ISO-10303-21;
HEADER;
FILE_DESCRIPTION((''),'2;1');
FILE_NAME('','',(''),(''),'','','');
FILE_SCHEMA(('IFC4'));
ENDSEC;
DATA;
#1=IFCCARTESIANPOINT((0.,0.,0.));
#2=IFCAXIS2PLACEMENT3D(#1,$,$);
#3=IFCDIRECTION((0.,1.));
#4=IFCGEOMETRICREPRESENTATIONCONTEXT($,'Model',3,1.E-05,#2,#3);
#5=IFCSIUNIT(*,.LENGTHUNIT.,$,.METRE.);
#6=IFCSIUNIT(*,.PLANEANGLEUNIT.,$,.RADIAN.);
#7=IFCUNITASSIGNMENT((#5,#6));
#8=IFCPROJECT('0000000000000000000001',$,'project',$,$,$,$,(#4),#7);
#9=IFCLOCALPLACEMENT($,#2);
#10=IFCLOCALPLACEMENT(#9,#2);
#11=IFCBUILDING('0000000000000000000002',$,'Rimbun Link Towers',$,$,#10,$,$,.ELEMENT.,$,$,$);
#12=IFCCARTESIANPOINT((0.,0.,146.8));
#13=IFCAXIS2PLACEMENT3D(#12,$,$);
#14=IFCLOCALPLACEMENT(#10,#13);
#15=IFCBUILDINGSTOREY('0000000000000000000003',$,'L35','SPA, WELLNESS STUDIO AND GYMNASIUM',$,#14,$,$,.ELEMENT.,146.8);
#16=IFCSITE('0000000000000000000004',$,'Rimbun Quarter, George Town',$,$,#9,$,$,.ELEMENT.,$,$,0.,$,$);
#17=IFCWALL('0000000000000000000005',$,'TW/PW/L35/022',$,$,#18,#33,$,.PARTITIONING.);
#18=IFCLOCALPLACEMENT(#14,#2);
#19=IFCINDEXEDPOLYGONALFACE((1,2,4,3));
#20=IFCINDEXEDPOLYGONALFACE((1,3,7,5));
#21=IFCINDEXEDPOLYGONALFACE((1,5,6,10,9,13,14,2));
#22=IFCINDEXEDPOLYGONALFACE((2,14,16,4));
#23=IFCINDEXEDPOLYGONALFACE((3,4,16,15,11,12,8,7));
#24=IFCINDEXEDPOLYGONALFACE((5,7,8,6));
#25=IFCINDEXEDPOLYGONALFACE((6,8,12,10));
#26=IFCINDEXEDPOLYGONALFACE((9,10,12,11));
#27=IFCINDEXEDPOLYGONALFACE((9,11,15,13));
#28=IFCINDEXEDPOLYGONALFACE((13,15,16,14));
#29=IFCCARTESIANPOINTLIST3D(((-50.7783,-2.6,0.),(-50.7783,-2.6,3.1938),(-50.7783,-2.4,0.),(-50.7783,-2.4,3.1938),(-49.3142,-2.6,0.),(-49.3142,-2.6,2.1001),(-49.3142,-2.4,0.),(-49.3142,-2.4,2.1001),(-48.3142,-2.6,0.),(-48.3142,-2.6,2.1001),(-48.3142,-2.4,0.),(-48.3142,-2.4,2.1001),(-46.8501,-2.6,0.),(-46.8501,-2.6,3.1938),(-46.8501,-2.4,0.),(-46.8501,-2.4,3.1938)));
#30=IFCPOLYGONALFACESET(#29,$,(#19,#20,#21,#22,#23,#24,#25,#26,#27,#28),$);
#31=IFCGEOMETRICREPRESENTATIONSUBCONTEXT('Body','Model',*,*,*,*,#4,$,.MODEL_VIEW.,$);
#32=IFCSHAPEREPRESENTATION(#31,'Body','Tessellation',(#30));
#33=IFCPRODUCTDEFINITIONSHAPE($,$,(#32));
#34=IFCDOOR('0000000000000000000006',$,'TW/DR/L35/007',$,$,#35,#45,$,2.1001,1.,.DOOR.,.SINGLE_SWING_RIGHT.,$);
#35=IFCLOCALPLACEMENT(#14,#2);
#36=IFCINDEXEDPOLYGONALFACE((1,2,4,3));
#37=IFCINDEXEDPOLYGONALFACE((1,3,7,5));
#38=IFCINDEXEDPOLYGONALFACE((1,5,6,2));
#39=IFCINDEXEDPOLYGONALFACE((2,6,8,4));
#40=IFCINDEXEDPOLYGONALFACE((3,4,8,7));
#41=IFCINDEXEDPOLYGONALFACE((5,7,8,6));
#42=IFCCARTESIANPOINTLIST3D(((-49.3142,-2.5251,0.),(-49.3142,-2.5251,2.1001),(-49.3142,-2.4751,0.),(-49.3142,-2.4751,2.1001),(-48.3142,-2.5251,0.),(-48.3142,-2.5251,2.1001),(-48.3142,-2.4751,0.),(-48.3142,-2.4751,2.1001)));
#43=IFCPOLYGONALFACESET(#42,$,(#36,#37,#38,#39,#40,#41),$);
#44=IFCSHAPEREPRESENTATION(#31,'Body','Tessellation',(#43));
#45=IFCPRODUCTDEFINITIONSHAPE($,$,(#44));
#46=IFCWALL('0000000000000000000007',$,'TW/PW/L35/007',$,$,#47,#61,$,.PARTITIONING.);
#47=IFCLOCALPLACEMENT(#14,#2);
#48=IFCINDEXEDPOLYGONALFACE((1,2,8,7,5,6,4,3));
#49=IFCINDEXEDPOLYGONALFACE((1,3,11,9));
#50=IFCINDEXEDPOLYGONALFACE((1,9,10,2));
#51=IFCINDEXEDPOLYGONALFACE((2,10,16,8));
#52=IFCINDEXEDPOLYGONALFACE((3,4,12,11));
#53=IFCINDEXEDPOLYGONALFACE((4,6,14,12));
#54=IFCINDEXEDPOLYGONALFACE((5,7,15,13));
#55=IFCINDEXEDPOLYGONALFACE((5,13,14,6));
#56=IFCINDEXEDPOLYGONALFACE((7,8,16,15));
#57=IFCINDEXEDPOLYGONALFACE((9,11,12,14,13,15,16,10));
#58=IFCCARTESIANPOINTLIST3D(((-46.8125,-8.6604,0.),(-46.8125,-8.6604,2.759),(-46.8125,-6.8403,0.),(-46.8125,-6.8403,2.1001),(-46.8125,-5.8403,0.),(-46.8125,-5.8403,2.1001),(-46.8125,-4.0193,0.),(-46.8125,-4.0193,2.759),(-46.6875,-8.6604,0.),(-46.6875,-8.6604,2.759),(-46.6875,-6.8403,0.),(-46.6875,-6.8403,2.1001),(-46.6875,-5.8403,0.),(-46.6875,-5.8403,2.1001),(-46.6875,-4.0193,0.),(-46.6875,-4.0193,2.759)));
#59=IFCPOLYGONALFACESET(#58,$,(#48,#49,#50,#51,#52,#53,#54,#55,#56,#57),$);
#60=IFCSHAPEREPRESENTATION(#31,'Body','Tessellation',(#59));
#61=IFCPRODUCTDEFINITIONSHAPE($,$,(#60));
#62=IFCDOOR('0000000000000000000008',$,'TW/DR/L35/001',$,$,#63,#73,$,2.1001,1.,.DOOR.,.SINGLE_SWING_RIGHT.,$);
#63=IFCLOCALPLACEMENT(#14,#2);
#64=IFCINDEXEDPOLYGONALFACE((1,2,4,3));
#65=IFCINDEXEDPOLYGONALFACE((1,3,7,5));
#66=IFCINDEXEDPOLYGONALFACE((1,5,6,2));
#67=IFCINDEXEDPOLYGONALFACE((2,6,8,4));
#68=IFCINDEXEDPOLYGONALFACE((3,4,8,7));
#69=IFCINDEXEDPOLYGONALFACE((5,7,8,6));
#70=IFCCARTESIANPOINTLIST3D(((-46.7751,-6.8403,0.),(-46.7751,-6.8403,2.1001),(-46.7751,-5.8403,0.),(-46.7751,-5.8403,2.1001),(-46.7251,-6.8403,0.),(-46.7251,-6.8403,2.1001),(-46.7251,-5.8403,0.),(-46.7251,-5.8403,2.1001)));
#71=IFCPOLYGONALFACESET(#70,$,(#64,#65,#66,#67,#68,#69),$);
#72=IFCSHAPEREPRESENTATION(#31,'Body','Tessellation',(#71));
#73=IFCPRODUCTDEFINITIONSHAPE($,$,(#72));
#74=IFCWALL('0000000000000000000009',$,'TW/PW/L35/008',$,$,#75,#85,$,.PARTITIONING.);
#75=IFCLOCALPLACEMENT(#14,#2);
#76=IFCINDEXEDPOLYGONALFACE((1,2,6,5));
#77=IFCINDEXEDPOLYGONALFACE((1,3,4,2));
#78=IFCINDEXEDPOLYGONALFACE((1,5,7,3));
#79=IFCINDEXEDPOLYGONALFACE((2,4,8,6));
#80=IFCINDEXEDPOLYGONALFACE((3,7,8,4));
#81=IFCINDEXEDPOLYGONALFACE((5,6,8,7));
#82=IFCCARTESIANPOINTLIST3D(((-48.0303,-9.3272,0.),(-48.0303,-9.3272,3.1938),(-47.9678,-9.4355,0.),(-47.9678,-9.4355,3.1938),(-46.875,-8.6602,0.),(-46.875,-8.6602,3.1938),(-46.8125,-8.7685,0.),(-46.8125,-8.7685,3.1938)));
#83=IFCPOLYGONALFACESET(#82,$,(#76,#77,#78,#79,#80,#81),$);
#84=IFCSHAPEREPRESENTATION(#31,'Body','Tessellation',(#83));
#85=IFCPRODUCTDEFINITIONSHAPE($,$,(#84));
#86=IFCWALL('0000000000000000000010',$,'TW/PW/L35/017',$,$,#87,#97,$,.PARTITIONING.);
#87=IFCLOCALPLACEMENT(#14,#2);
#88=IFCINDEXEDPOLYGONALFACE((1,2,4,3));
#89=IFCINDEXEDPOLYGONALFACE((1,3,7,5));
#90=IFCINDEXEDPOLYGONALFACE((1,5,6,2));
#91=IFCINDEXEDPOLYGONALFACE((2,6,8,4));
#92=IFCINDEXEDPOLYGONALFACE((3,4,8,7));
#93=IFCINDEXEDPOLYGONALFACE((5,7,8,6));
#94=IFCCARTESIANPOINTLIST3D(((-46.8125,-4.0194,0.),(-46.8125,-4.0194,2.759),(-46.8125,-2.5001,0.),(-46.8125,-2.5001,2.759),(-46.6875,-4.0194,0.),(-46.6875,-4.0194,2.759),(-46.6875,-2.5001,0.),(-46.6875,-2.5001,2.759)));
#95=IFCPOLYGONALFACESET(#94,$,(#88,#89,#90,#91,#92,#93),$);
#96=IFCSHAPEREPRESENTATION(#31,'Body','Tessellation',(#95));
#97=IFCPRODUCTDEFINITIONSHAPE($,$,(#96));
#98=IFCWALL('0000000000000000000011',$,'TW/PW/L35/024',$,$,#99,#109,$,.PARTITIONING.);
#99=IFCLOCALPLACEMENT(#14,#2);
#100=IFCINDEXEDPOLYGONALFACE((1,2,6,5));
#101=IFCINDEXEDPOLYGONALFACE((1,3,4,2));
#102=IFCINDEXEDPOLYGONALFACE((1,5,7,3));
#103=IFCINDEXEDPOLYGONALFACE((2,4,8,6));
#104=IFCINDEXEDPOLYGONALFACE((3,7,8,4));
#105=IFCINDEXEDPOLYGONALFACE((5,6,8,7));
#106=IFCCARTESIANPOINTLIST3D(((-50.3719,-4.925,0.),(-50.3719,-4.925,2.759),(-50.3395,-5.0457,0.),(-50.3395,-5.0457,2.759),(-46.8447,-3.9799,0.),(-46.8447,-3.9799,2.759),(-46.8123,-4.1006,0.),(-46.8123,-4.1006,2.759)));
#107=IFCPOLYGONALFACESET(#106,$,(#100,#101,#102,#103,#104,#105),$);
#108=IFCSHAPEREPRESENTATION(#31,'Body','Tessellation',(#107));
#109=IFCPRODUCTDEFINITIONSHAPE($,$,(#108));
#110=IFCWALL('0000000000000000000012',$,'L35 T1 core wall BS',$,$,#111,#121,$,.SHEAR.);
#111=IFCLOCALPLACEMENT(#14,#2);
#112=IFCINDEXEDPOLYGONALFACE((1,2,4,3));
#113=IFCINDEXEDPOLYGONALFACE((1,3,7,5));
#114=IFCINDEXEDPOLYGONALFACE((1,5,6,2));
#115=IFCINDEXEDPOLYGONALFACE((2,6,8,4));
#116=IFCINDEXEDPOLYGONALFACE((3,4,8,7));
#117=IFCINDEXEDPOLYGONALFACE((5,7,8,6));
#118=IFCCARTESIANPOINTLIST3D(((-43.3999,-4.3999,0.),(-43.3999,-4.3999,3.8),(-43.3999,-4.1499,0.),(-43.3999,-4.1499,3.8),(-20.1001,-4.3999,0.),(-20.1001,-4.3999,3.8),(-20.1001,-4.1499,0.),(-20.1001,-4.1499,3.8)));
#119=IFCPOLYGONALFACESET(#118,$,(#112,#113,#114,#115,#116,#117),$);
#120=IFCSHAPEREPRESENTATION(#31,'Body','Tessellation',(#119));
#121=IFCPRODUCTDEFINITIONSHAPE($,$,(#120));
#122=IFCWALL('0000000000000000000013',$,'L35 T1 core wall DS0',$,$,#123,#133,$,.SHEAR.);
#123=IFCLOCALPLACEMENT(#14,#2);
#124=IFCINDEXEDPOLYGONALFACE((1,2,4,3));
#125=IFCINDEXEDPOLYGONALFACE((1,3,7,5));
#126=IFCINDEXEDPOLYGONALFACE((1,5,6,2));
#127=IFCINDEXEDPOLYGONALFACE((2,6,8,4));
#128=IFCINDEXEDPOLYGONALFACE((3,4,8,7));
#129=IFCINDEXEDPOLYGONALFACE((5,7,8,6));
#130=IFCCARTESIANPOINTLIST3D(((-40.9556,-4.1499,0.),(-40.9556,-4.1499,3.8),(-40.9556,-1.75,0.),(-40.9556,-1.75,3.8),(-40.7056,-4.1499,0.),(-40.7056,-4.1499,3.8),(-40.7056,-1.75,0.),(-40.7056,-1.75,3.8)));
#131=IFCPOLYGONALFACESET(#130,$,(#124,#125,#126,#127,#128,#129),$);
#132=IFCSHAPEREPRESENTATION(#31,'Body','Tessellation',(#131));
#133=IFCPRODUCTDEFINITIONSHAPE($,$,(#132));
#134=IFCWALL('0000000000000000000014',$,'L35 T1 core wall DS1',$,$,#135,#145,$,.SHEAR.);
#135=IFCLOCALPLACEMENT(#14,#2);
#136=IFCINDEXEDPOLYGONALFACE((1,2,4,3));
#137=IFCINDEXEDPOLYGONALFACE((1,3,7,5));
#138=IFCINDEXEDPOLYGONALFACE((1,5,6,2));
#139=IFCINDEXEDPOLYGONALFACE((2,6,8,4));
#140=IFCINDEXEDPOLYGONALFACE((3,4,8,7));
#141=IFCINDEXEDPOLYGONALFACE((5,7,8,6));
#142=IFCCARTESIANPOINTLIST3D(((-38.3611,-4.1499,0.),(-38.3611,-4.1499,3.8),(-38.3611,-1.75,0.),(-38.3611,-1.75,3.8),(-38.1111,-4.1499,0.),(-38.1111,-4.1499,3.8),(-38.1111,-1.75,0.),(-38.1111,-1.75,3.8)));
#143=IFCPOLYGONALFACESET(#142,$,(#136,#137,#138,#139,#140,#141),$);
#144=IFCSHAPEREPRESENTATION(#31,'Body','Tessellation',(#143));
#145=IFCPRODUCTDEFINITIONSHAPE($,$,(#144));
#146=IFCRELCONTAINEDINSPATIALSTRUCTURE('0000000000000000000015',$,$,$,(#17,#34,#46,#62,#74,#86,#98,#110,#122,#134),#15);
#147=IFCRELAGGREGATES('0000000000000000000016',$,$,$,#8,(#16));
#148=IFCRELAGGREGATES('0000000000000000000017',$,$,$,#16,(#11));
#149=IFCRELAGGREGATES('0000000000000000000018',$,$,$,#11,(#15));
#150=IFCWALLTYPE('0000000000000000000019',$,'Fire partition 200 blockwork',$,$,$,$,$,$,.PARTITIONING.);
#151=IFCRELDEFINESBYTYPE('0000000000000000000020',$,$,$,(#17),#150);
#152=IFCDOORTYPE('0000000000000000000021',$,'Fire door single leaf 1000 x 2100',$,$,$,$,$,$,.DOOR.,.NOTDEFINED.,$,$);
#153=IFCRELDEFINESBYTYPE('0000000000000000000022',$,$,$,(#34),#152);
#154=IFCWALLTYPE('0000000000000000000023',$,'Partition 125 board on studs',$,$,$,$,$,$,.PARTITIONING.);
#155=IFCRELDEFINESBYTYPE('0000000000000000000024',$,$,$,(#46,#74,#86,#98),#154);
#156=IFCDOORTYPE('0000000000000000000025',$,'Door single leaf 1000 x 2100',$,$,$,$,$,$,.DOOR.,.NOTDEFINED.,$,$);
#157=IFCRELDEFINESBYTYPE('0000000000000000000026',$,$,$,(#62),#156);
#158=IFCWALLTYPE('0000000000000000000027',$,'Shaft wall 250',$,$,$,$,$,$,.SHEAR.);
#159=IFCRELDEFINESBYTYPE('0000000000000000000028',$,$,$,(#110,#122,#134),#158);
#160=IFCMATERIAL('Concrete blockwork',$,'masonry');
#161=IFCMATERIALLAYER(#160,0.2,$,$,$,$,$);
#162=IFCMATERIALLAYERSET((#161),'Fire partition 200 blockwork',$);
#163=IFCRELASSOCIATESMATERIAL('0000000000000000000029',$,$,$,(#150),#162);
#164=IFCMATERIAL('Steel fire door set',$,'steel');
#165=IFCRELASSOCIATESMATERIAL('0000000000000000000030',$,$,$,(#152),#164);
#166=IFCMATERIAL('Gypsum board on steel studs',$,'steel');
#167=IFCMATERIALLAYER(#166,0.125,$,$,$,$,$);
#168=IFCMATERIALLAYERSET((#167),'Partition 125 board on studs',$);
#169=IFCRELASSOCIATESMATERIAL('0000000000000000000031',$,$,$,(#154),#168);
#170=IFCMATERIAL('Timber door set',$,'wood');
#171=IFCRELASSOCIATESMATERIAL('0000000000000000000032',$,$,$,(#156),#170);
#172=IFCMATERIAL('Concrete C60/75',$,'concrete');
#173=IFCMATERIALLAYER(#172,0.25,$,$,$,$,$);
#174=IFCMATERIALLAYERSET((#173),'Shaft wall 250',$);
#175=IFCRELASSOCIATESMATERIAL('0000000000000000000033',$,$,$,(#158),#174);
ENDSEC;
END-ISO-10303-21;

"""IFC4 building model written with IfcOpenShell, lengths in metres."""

from ifc_helpers import new_model, si_unit, direction, frame, frame_2d, origin, place, context, subcontext, project, spatial, rectangle, extrude, material, layer, layer_set, type_object, element, fill, save


model = new_model("IFC4")

# Units and contexts
model_context = context("Model", 3, precision=1e-05, world=origin(), true_north=direction((0.0, 1.0)))
body_context = subcontext(model_context, "Body", "Model", "MODEL_VIEW")
ifc_project = project(units=[si_unit("LENGTHUNIT", "METRE"), si_unit("PLANEANGLEUNIT", "RADIAN")], contexts=[model_context])

# Site, building, storey
site_placement = place(None, origin())
site = spatial("IfcSite", under=ifc_project, at=site_placement, Name="Rimbun Quarter, George Town", CompositionType="ELEMENT", RefElevation=0.0)
building_placement = place(site_placement, origin())
building = spatial("IfcBuilding", under=site, at=building_placement, Name="Rimbun Link Towers", CompositionType="ELEMENT")
storey_placement = place(building_placement, frame((0.0, 0.0, 146.8)))
storey = spatial("IfcBuildingStorey", under=building, at=storey_placement, Name="L35", Description="SPA, WELLNESS STUDIO AND GYMNASIUM", CompositionType="ELEMENT", Elevation=146.8)

# Walls, openings, doors
ifc_material_1 = material(Name="Concrete blockwork", Category="masonry")
ifc_layer_1 = layer(ifc_material_1, 0.2)
ifc_layer_set_1 = layer_set([ifc_layer_1], Name="Fire partition 200 blockwork")
wall_type_1 = type_object("IfcWallType", Name="Fire partition 200 blockwork", PredefinedType="PARTITIONING", material=ifc_layer_set_1)
wall_1_placement = place(storey_placement, frame((-50.7783, -2.5, 0.0), z_axis=(0.0, 0.0, 1.0), x_axis=(1.0, 0.0, 0.0)))
wall_1 = element("IfcWall", 1, at=wall_1_placement, inside=storey, type_object=wall_type_1, Name="TW/PW/L35/022", PredefinedType="PARTITIONING", context=body_context, shape_type="SweptSolid", body=[
    extrude(rectangle(XDim=3.9282, YDim=0.2, at=frame_2d((1.9641, 0.0))), origin(), (0.0, 0.0, 1.0), 3.1938),
])
opening_1_placement = place(wall_1_placement, frame((1.4641, 0.0, 0.0)))
opening_1 = element("IfcOpeningElement", 2, at=opening_1_placement, cuts=wall_1, PredefinedType="OPENING", context=body_context, shape_type="SweptSolid", body=[
    extrude(rectangle(XDim=1.0, YDim=2.1001, at=frame_2d((0.5, 1.05))), frame((0.0, 0.1099, 0.0), z_axis=(0.0, -1.0, 0.0), x_axis=(1.0, 0.0, 0.0)), (0.0, 0.0, 1.0), 0.22),
])
ifc_material_2 = material(Name="Steel fire door set", Category="steel")
door_type_1 = type_object("IfcDoorType", Name="Fire door single leaf 1000 x 2100", OperationType="NOTDEFINED", PredefinedType="DOOR", material=ifc_material_2)
door_1_placement = place(opening_1_placement, origin())
door_1 = element("IfcDoor", 3, at=door_1_placement, inside=storey, type_object=door_type_1, Name="TW/DR/L35/007", OperationType="SINGLE_SWING_RIGHT", OverallHeight=2.1001, OverallWidth=1.0, PredefinedType="DOOR", context=body_context, shape_type="SweptSolid", body=[
    extrude(rectangle(XDim=1.0, YDim=2.1001, at=frame_2d((0.5, 1.05))), frame((0.0, 0.0249, 0.0), z_axis=(0.0, -1.0, 0.0), x_axis=(1.0, 0.0, 0.0)), (0.0, 0.0, 1.0), 0.05),
])
fill(opening_1, door_1)
ifc_material_3 = material(Name="Gypsum board on steel studs", Category="steel")
ifc_layer_2 = layer(ifc_material_3, 0.125)
ifc_layer_set_2 = layer_set([ifc_layer_2], Name="Partition 125 board on studs")
wall_type_2 = type_object("IfcWallType", Name="Partition 125 board on studs", PredefinedType="PARTITIONING", material=ifc_layer_set_2)
wall_2_placement = place(storey_placement, frame((-46.75, -4.0193, 0.0), z_axis=(0.0, 0.0, 1.0), x_axis=(0.0, -1.0, 0.0)))
wall_2 = element("IfcWall", 4, at=wall_2_placement, inside=storey, type_object=wall_type_2, Name="TW/PW/L35/007", PredefinedType="PARTITIONING", context=body_context, shape_type="SweptSolid", body=[
    extrude(rectangle(XDim=4.6411, YDim=0.125, at=frame_2d((2.3206, 0.0))), origin(), (0.0, 0.0, 1.0), 2.759),
])
opening_2_placement = place(wall_2_placement, frame((1.821, 0.0, 0.0)))
opening_2 = element("IfcOpeningElement", 5, at=opening_2_placement, cuts=wall_2, PredefinedType="OPENING", context=body_context, shape_type="SweptSolid", body=[
    extrude(rectangle(XDim=1.0, YDim=2.1001, at=frame_2d((0.5, 1.05))), frame((0.0, 0.0725, 0.0), z_axis=(0.0, -1.0, 0.0), x_axis=(1.0, 0.0, 0.0)), (0.0, 0.0, 1.0), 0.145),
])
ifc_material_4 = material(Name="Timber door set", Category="wood")
door_type_2 = type_object("IfcDoorType", Name="Door single leaf 1000 x 2100", OperationType="NOTDEFINED", PredefinedType="DOOR", material=ifc_material_4)
door_2_placement = place(opening_2_placement, origin())
door_2 = element("IfcDoor", 6, at=door_2_placement, inside=storey, type_object=door_type_2, Name="TW/DR/L35/001", OperationType="SINGLE_SWING_RIGHT", OverallHeight=2.1001, OverallWidth=1.0, PredefinedType="DOOR", context=body_context, shape_type="SweptSolid", body=[
    extrude(rectangle(XDim=1.0, YDim=2.1001, at=frame_2d((0.5, 1.05))), frame((0.0, 0.0249, 0.0), z_axis=(0.0, -1.0, 0.0), x_axis=(1.0, 0.0, 0.0)), (0.0, 0.0, 1.0), 0.05),
])
fill(opening_2, door_2)

# Walls
wall_3_placement = place(storey_placement, frame((-46.8438, -8.7144, 0.0), z_axis=(0.0, 0.0, 1.0), x_axis=(-0.866027, -0.499997, 0.0)))
element("IfcWall", 7, at=wall_3_placement, inside=storey, type_object=wall_type_2, Name="TW/PW/L35/008", PredefinedType="PARTITIONING", context=body_context, shape_type="SweptSolid", body=[
    extrude(rectangle(XDim=1.334, YDim=0.125, at=frame_2d((0.667, 0.0))), origin(), (0.0, 0.0, 1.0), 3.1938),
])
wall_4_placement = place(storey_placement, frame((-46.75, -2.5, 0.0), z_axis=(0.0, 0.0, 1.0), x_axis=(0.0, -1.0, 0.0)))
element("IfcWall", 8, at=wall_4_placement, inside=storey, type_object=wall_type_2, Name="TW/PW/L35/017", PredefinedType="PARTITIONING", context=body_context, shape_type="SweptSolid", body=[
    extrude(rectangle(XDim=1.5193, YDim=0.125, at=frame_2d((0.7598, 0.0))), origin(), (0.0, 0.0, 1.0), 2.759),
])
wall_5_placement = place(storey_placement, frame((-46.8286, -4.0403, 0.0), z_axis=(0.0, 0.0, 1.0), x_axis=(-0.965927, -0.258815, 0.0)))
element("IfcWall", 9, at=wall_5_placement, inside=storey, type_object=wall_type_2, Name="TW/PW/L35/024", PredefinedType="PARTITIONING", context=body_context, shape_type="SweptSolid", body=[
    extrude(rectangle(XDim=3.6516, YDim=0.125, at=frame_2d((1.8257, 0.0))), origin(), (0.0, 0.0, 1.0), 2.759),
])
ifc_material_5 = material(Name="Concrete C60/75", Category="concrete")
ifc_layer_3 = layer(ifc_material_5, 0.25)
ifc_layer_set_3 = layer_set([ifc_layer_3], Name="Shaft wall 250")
wall_type_3 = type_object("IfcWallType", Name="Shaft wall 250", PredefinedType="SHEAR", material=ifc_layer_set_3)
wall_6_placement = place(storey_placement, frame((-43.3999, -4.2749, 0.0), z_axis=(0.0, 0.0, 1.0), x_axis=(1.0, 0.0, 0.0)))
element("IfcWall", 10, at=wall_6_placement, inside=storey, type_object=wall_type_3, Name="L35 T1 core wall BS", PredefinedType="SHEAR", context=body_context, shape_type="SweptSolid", body=[
    extrude(rectangle(XDim=23.2998, YDim=0.25, at=frame_2d((11.6499, 0.0))), origin(), (0.0, 0.0, 1.0), 3.8),
])
for number, where, z_axis, x_axis, name in (
    (11, (-40.8306, -4.1499, 0.0), (0.0, 0.0, 1.0), (0.0, 1.0, 0.0), "L35 T1 core wall DS0"),
    (12, (-38.2361, -4.1499, 0.0), (0.0, 0.0, 1.0), (0.0, 1.0, 0.0), "L35 T1 core wall DS1"),
):
    element("IfcWall", number, at=place(storey_placement, frame(where, z_axis=z_axis, x_axis=x_axis)), inside=storey, type_object=wall_type_3, Name=name, PredefinedType="SHEAR", context=body_context, shape_type="SweptSolid", body=[
        extrude(rectangle(XDim=2.3999, YDim=0.25, at=frame_2d((1.2, 0.0))), origin(), (0.0, 0.0, 1.0), 3.8),
    ])

save(model, "model.ifc")
